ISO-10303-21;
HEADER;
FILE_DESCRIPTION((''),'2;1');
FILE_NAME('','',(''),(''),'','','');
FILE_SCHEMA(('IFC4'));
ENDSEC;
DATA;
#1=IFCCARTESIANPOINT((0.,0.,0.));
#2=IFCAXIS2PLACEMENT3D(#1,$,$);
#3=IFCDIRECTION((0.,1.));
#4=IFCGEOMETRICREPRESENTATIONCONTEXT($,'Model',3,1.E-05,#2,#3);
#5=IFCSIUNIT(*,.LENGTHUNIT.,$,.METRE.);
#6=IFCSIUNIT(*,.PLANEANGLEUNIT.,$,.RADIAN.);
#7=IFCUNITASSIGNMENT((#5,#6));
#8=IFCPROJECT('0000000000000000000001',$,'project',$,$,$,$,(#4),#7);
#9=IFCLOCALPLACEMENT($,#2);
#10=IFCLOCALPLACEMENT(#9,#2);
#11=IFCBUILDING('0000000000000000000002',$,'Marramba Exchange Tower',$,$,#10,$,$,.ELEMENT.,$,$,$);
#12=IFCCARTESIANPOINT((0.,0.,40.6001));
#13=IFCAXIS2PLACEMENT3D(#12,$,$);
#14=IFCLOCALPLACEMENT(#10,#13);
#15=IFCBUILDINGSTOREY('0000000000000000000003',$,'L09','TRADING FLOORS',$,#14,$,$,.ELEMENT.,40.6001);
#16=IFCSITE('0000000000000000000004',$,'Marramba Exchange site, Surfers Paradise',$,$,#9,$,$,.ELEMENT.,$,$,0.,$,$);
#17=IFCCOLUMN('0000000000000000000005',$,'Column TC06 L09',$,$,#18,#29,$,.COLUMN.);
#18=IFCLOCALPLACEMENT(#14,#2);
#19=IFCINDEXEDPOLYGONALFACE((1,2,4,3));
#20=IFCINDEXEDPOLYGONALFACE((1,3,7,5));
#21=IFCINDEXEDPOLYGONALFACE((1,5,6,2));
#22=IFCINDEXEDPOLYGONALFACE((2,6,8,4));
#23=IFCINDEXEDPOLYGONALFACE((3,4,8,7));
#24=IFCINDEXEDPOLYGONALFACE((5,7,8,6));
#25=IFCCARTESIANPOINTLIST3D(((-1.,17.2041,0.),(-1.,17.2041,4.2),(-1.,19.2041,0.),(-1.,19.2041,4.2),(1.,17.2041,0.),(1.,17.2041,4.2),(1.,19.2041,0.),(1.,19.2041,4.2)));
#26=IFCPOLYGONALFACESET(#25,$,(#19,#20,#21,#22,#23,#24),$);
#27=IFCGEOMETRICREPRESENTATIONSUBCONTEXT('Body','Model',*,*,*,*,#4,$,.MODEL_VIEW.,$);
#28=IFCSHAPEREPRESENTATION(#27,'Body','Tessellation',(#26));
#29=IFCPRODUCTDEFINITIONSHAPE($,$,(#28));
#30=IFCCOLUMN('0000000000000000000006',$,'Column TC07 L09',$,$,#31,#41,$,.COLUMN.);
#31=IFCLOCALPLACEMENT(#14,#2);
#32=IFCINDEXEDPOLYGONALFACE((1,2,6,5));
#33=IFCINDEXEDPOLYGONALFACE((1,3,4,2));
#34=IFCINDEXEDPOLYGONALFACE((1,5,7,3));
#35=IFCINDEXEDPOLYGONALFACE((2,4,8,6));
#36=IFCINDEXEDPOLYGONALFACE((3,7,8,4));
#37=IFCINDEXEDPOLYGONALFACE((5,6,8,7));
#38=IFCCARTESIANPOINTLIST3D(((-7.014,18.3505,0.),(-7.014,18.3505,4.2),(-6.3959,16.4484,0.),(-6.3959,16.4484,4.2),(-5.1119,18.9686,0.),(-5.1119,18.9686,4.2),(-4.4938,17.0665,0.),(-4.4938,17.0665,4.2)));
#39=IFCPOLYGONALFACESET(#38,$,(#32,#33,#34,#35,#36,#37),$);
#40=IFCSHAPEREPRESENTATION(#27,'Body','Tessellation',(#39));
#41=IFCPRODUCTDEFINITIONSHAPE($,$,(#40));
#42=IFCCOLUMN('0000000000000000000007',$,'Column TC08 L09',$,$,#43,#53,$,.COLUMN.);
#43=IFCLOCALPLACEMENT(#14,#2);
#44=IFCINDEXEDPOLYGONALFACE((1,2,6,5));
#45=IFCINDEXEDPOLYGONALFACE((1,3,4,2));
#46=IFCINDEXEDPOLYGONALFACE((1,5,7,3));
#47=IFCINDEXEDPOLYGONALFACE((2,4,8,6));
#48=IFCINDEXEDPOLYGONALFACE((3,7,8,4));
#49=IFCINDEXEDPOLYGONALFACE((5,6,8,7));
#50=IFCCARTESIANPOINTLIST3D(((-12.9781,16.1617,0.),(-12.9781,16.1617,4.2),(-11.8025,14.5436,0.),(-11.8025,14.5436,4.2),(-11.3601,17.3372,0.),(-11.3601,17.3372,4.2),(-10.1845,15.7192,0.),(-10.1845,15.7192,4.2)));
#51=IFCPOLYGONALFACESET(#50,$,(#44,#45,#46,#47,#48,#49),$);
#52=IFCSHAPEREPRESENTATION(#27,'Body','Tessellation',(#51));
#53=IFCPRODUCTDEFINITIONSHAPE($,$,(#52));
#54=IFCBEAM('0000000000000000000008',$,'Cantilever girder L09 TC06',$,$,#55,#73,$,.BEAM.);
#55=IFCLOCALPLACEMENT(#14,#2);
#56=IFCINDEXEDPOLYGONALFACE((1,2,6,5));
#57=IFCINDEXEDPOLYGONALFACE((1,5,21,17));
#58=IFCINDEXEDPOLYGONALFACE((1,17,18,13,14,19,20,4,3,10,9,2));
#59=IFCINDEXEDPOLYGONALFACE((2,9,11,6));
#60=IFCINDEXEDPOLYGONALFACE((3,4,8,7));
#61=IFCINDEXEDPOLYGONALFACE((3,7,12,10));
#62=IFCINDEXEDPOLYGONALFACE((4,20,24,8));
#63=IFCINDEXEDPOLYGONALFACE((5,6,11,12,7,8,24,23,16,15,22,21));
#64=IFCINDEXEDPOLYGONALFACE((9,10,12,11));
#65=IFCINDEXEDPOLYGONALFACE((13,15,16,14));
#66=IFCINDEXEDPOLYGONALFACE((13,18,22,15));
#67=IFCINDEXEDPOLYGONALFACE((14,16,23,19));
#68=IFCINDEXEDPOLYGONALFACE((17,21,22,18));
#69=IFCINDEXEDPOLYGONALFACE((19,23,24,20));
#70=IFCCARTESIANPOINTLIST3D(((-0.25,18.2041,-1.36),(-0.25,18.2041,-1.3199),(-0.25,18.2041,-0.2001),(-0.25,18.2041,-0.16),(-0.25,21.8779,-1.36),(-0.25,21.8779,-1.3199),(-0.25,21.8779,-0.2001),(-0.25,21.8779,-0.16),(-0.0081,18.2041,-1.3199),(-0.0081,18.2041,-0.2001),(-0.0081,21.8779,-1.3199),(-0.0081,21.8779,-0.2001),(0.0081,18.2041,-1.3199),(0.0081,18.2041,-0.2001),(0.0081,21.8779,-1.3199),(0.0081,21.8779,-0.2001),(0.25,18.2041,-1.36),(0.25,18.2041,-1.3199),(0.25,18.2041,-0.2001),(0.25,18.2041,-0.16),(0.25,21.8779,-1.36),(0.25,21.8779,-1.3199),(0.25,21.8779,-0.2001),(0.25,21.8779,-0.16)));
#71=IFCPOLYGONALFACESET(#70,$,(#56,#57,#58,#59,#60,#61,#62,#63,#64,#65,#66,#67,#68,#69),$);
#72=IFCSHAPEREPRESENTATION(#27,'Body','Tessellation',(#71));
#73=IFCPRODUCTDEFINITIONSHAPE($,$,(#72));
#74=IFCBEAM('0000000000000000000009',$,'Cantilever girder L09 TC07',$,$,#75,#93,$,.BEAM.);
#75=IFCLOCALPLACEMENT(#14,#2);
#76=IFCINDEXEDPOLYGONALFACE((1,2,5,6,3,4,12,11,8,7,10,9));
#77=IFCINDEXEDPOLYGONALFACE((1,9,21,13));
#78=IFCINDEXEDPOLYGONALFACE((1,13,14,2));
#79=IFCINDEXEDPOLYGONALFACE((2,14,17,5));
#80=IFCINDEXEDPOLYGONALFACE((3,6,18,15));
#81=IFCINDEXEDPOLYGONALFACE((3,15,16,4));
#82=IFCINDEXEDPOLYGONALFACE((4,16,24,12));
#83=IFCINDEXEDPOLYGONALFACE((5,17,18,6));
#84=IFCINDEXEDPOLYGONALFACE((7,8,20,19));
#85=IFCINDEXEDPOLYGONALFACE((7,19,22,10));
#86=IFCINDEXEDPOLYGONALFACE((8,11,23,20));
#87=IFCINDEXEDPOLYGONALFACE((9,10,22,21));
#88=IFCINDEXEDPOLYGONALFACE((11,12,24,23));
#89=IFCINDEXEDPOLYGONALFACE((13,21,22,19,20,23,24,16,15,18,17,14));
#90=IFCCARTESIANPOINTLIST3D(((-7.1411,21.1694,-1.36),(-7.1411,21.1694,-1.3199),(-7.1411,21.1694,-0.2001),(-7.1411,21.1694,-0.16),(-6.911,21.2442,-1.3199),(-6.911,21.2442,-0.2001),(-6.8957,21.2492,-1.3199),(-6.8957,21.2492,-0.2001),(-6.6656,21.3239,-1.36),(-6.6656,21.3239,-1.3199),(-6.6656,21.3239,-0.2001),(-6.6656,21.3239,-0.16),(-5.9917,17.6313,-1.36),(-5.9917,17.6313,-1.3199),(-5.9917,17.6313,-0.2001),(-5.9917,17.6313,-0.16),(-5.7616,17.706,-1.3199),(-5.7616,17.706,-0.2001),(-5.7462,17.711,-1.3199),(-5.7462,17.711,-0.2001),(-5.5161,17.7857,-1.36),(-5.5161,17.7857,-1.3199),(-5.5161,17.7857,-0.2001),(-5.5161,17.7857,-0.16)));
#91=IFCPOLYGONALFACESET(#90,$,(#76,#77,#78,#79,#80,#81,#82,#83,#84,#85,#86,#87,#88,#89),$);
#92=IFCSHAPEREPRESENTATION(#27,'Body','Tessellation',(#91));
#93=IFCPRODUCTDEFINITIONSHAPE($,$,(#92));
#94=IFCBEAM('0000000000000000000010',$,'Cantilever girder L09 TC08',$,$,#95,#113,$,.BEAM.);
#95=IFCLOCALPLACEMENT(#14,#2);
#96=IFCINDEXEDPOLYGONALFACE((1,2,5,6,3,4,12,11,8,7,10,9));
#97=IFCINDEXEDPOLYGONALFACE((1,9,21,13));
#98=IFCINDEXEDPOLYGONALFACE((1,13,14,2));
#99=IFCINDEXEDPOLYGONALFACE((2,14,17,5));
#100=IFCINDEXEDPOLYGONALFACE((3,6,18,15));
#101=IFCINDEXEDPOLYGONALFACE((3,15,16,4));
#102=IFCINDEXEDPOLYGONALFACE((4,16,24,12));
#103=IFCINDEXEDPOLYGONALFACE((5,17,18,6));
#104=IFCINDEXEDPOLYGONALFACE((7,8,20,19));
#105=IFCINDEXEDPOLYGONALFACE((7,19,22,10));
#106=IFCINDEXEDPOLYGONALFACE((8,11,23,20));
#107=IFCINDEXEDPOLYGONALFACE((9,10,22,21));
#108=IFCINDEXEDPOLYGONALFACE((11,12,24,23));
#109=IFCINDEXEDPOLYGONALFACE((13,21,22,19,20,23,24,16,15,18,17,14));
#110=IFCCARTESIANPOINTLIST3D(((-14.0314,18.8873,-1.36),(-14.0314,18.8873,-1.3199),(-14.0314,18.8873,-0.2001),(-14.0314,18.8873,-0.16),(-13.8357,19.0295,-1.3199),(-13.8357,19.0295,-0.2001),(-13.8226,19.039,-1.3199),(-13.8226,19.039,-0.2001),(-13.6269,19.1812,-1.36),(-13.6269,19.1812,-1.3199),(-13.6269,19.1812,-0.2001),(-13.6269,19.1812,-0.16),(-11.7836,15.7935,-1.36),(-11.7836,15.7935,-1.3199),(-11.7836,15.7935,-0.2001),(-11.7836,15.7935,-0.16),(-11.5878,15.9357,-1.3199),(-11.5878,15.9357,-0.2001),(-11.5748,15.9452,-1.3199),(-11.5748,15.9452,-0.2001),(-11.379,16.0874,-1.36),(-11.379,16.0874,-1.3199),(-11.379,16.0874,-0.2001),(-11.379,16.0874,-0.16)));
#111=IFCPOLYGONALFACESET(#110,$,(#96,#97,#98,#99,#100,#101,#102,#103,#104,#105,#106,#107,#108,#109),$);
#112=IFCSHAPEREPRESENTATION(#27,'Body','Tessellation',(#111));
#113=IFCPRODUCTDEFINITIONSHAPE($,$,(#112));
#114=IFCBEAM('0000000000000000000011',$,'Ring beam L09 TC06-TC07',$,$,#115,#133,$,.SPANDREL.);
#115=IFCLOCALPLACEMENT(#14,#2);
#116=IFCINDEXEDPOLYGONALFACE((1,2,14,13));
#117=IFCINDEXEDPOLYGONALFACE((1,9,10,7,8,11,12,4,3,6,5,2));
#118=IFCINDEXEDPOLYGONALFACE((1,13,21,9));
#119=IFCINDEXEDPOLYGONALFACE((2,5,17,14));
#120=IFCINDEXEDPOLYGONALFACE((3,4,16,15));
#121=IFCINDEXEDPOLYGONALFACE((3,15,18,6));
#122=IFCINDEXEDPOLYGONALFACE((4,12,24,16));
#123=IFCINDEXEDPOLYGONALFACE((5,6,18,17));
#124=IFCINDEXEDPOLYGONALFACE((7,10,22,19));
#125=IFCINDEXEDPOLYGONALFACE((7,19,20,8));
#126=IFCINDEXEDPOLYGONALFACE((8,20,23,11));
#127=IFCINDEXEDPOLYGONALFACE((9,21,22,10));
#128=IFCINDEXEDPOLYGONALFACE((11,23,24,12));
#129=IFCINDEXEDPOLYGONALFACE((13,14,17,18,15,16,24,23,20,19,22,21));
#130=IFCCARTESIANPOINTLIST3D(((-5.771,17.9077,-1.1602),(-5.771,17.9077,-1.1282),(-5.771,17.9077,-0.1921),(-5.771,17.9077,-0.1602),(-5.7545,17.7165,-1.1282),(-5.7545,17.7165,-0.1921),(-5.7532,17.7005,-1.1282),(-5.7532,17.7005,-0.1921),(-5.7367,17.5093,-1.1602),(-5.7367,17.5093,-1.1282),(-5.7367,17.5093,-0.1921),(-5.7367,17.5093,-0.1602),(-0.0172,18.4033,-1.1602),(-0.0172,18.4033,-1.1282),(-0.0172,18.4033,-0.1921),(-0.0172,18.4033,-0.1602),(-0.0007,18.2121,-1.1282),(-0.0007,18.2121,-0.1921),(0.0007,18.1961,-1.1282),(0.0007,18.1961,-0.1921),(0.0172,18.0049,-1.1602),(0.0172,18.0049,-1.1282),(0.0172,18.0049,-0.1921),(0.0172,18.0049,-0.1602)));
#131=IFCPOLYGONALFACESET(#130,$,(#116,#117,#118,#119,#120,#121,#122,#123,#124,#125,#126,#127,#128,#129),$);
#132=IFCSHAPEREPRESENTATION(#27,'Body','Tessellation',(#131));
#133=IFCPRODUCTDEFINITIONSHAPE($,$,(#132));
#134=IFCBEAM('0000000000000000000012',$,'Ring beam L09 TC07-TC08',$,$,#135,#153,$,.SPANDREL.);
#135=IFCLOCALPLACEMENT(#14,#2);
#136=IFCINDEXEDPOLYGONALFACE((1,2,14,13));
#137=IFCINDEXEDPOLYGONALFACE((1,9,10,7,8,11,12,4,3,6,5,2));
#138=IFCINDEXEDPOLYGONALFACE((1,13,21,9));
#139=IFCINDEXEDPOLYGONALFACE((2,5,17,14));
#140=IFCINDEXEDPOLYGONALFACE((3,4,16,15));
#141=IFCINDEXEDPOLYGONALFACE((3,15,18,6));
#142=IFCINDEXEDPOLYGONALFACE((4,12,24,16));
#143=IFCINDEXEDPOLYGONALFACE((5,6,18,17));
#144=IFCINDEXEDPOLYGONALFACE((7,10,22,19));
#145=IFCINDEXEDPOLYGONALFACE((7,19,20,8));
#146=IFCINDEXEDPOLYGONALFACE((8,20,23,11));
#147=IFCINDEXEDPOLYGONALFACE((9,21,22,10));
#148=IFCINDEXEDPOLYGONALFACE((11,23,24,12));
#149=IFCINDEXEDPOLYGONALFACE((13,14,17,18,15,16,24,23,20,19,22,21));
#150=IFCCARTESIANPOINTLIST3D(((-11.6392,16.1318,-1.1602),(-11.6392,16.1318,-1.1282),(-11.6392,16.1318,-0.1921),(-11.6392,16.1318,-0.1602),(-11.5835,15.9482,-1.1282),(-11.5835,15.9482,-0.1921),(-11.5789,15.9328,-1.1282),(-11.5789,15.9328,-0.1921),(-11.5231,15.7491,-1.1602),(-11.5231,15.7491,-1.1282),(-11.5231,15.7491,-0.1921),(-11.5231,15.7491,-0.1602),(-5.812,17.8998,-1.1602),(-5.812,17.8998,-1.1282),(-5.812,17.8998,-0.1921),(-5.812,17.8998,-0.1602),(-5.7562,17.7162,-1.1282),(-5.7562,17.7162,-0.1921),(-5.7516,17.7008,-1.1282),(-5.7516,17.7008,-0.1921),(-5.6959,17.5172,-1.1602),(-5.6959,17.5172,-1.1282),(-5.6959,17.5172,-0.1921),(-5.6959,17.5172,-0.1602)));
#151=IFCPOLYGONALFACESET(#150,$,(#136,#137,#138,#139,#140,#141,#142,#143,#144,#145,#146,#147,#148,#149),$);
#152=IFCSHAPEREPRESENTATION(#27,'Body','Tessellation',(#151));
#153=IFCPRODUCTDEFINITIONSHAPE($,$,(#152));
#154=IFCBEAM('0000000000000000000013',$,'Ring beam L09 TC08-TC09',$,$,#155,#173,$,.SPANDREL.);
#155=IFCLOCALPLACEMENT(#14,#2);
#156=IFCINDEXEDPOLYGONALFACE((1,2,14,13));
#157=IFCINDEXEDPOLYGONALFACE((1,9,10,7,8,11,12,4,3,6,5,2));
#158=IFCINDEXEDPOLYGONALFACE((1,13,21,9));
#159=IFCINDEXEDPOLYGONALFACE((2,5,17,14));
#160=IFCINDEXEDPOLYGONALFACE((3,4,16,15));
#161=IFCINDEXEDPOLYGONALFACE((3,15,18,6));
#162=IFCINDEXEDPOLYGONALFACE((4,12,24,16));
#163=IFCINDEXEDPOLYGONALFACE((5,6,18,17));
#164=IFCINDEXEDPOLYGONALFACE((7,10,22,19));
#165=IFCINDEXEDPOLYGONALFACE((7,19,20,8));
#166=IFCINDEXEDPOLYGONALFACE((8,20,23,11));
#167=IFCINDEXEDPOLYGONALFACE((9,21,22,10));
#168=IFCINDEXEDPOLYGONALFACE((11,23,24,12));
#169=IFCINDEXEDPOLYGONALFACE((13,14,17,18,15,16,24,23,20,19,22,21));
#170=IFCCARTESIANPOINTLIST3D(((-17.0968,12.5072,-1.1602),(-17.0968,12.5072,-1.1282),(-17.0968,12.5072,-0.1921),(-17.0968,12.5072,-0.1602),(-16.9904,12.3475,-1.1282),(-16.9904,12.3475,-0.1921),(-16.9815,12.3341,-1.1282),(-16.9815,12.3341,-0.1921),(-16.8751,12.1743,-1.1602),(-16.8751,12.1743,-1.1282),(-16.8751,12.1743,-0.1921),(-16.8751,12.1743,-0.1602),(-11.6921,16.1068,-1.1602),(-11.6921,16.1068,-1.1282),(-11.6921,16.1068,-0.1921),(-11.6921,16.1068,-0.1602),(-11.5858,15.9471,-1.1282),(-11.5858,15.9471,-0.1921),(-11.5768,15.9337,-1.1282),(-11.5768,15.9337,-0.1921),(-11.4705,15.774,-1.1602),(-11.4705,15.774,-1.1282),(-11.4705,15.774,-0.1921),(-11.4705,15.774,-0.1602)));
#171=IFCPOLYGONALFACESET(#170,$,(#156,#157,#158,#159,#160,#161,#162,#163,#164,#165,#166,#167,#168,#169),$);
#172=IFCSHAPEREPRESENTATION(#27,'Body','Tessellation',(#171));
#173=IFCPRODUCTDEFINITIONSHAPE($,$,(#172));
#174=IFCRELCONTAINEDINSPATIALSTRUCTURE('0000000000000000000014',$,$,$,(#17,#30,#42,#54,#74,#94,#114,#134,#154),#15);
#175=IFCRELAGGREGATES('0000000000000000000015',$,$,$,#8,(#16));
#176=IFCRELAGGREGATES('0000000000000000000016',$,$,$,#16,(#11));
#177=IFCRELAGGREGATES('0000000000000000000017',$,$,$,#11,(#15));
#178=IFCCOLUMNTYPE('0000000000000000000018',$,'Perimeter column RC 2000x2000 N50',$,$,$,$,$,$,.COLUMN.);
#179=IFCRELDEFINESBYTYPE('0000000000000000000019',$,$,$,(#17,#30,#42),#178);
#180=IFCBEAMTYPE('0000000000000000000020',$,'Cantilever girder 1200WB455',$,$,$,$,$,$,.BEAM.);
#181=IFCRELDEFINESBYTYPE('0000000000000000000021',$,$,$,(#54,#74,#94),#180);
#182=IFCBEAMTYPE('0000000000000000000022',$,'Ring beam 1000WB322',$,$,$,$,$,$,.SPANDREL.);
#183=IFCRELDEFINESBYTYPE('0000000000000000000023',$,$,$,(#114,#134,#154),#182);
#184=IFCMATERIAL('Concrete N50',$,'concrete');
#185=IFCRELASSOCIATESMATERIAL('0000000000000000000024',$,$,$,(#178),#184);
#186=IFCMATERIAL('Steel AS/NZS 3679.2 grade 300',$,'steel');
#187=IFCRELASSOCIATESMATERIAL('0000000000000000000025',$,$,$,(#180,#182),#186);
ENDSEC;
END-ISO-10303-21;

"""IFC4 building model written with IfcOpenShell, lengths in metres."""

from ifc_helpers import new_model, si_unit, direction, frame, origin, origin_2d, place, context, subcontext, project, spatial, rectangle, i_section, extrude, material, material_profile, profile_set, type_object, element, save


model = new_model("IFC4")

# Units and contexts
model_context = context("Model", 3, precision=1e-05, world=origin(), true_north=direction((0.0, 1.0)))
body_context = subcontext(model_context, "Body", "Model", "MODEL_VIEW")
ifc_project = project(units=[si_unit("LENGTHUNIT", "METRE"), si_unit("PLANEANGLEUNIT", "RADIAN")], contexts=[model_context])

# Site, building, storey
site_placement = place(None, origin())
site = spatial("IfcSite", under=ifc_project, at=site_placement, Name="Marramba Exchange site, Surfers Paradise", CompositionType="ELEMENT", RefElevation=0.0)
building_placement = place(site_placement, origin())
building = spatial("IfcBuilding", under=site, at=building_placement, Name="Marramba Exchange Tower", CompositionType="ELEMENT")
storey_placement = place(building_placement, frame((0.0, 0.0, 40.6001)))
storey = spatial("IfcBuildingStorey", under=building, at=storey_placement, Name="L09", Description="TRADING FLOORS", CompositionType="ELEMENT", Elevation=40.6001)

# Columns
ifc_material_1 = material(Name="Concrete N50", Category="concrete")
ifc_material_profile_1 = material_profile(ifc_material_1, rectangle(XDim=2.0, YDim=2.0, at=origin_2d()), Name="RC 2000x2000")
ifc_profile_set_1 = profile_set([ifc_material_profile_1], Name="Concrete N50")
column_type = type_object("IfcColumnType", Name="Perimeter column RC 2000x2000 N50", PredefinedType="COLUMN", material=ifc_profile_set_1)
for number, where, z_axis, x_axis, name in (
    (1, (0.0, 18.2041, 0.0), (0.0, 0.0, 1.0), (0.0, 1.0, 0.0), "Column TC06 L09"),
    (2, (-5.7539, 17.7085, 0.0), (0.0, 0.0, 1.0), (-0.309017, 0.951057, 0.0), "Column TC07 L09"),
    (3, (-11.5813, 15.9404, 0.0), (0.0, 0.0, 1.0), (-0.587785, 0.809017, 0.0), "Column TC08 L09"),
):
    element("IfcColumn", number, at=place(storey_placement, frame(where, z_axis=z_axis, x_axis=x_axis)), inside=storey, type_object=column_type, Name=name, PredefinedType="COLUMN", context=body_context, shape_type="SweptSolid", body=[
        extrude(rectangle(XDim=2.0, YDim=2.0, at=origin_2d()), origin(), (0.0, 0.0, 1.0), 4.2),
    ])

# Beams
ifc_material_2 = material(Name="Steel AS/NZS 3679.2 grade 300", Category="steel")
ifc_material_profile_2 = material_profile(ifc_material_2, i_section(OverallWidth=0.5, OverallDepth=1.2, WebThickness=0.0161, FlangeThickness=0.04, at=origin_2d()), Name="1200WB455")
ifc_profile_set_2 = profile_set([ifc_material_profile_2], Name="Steel AS/NZS 3679.2 grade 300")
beam_type_1 = type_object("IfcBeamType", Name="Cantilever girder 1200WB455", PredefinedType="BEAM", material=ifc_profile_set_2)
beam_1_placement = place(storey_placement, frame((0.0, 18.2041, -0.76), z_axis=(0.0, 1.0, 0.0), x_axis=(-1.0, 0.0, 0.0)))
element("IfcBeam", 4, at=beam_1_placement, inside=storey, type_object=beam_type_1, Name="Cantilever girder L09 TC06", PredefinedType="BEAM", context=body_context, shape_type="SweptSolid", body=[
    extrude(i_section(OverallWidth=0.5, OverallDepth=1.2, WebThickness=0.0161, FlangeThickness=0.04, at=origin_2d()), origin(), (0.0, 0.0, 1.0), 3.6738),
])
beam_2_placement = place(storey_placement, frame((-5.7539, 17.7085, -0.76), z_axis=(-0.308973, 0.951071, 0.0), x_axis=(-0.951071, -0.308973, 0.0)))
element("IfcBeam", 5, at=beam_2_placement, inside=storey, type_object=beam_type_1, Name="Cantilever girder L09 TC07", PredefinedType="BEAM", context=body_context, shape_type="SweptSolid", body=[
    extrude(i_section(OverallWidth=0.5, OverallDepth=1.2, WebThickness=0.0161, FlangeThickness=0.04, at=origin_2d()), origin(), (0.0, 0.0, 1.0), 3.7202),
])
beam_3_placement = place(storey_placement, frame((-11.5813, 15.9404, -0.76), z_axis=(-0.587796, 0.809009, 0.0), x_axis=(-0.809009, -0.587796, 0.0)))
element("IfcBeam", 6, at=beam_3_placement, inside=storey, type_object=beam_type_1, Name="Cantilever girder L09 TC08", PredefinedType="BEAM", context=body_context, shape_type="SweptSolid", body=[
    extrude(i_section(OverallWidth=0.5, OverallDepth=1.2, WebThickness=0.0161, FlangeThickness=0.04, at=origin_2d()), origin(), (0.0, 0.0, 1.0), 3.8242),
])
ifc_material_profile_3 = material_profile(ifc_material_2, i_section(OverallWidth=0.3999, OverallDepth=1.0, WebThickness=0.0161, FlangeThickness=0.032, at=origin_2d()), Name="1000WB322")
ifc_profile_set_3 = profile_set([ifc_material_profile_3], Name="Steel AS/NZS 3679.2 grade 300")
beam_type_2 = type_object("IfcBeamType", Name="Ring beam 1000WB322", PredefinedType="SPANDREL", material=ifc_profile_set_3)
beam_4_placement = place(storey_placement, frame((0.0, 18.2041, -0.6602), z_axis=(-0.996311, -0.085816, 0.0), x_axis=(0.085816, -0.996311, 0.0)))
element("IfcBeam", 7, at=beam_4_placement, inside=storey, type_object=beam_type_2, Name="Ring beam L09 TC06-TC07", PredefinedType="SPANDREL", context=body_context, shape_type="SweptSolid", body=[
    extrude(i_section(OverallWidth=0.3999, OverallDepth=1.0, WebThickness=0.0161, FlangeThickness=0.032, at=origin_2d()), origin(), (0.0, 0.0, 1.0), 5.7751),
])
beam_5_placement = place(storey_placement, frame((-5.7539, 17.7085, -0.6602), z_axis=(-0.956925, -0.290337, 0.0), x_axis=(0.290337, -0.956925, 0.0)))
element("IfcBeam", 8, at=beam_5_placement, inside=storey, type_object=beam_type_2, Name="Ring beam L09 TC07-TC08", PredefinedType="SPANDREL", context=body_context, shape_type="SweptSolid", body=[
    extrude(i_section(OverallWidth=0.3999, OverallDepth=1.0, WebThickness=0.0161, FlangeThickness=0.032, at=origin_2d()), origin(), (0.0, 0.0, 1.0), 6.0896),
])
beam_6_placement = place(storey_placement, frame((-11.5813, 15.9404, -0.6602), z_axis=(-0.832293, -0.554336, 0.0), x_axis=(0.554336, -0.832293, 0.0)))
element("IfcBeam", 9, at=beam_6_placement, inside=storey, type_object=beam_type_2, Name="Ring beam L09 TC08-TC09", PredefinedType="SPANDREL", context=body_context, shape_type="SweptSolid", body=[
    extrude(i_section(OverallWidth=0.3999, OverallDepth=1.0, WebThickness=0.0161, FlangeThickness=0.032, at=origin_2d()), origin(), (0.0, 0.0, 1.0), 6.4937),
])

save(model, "model.ifc")
